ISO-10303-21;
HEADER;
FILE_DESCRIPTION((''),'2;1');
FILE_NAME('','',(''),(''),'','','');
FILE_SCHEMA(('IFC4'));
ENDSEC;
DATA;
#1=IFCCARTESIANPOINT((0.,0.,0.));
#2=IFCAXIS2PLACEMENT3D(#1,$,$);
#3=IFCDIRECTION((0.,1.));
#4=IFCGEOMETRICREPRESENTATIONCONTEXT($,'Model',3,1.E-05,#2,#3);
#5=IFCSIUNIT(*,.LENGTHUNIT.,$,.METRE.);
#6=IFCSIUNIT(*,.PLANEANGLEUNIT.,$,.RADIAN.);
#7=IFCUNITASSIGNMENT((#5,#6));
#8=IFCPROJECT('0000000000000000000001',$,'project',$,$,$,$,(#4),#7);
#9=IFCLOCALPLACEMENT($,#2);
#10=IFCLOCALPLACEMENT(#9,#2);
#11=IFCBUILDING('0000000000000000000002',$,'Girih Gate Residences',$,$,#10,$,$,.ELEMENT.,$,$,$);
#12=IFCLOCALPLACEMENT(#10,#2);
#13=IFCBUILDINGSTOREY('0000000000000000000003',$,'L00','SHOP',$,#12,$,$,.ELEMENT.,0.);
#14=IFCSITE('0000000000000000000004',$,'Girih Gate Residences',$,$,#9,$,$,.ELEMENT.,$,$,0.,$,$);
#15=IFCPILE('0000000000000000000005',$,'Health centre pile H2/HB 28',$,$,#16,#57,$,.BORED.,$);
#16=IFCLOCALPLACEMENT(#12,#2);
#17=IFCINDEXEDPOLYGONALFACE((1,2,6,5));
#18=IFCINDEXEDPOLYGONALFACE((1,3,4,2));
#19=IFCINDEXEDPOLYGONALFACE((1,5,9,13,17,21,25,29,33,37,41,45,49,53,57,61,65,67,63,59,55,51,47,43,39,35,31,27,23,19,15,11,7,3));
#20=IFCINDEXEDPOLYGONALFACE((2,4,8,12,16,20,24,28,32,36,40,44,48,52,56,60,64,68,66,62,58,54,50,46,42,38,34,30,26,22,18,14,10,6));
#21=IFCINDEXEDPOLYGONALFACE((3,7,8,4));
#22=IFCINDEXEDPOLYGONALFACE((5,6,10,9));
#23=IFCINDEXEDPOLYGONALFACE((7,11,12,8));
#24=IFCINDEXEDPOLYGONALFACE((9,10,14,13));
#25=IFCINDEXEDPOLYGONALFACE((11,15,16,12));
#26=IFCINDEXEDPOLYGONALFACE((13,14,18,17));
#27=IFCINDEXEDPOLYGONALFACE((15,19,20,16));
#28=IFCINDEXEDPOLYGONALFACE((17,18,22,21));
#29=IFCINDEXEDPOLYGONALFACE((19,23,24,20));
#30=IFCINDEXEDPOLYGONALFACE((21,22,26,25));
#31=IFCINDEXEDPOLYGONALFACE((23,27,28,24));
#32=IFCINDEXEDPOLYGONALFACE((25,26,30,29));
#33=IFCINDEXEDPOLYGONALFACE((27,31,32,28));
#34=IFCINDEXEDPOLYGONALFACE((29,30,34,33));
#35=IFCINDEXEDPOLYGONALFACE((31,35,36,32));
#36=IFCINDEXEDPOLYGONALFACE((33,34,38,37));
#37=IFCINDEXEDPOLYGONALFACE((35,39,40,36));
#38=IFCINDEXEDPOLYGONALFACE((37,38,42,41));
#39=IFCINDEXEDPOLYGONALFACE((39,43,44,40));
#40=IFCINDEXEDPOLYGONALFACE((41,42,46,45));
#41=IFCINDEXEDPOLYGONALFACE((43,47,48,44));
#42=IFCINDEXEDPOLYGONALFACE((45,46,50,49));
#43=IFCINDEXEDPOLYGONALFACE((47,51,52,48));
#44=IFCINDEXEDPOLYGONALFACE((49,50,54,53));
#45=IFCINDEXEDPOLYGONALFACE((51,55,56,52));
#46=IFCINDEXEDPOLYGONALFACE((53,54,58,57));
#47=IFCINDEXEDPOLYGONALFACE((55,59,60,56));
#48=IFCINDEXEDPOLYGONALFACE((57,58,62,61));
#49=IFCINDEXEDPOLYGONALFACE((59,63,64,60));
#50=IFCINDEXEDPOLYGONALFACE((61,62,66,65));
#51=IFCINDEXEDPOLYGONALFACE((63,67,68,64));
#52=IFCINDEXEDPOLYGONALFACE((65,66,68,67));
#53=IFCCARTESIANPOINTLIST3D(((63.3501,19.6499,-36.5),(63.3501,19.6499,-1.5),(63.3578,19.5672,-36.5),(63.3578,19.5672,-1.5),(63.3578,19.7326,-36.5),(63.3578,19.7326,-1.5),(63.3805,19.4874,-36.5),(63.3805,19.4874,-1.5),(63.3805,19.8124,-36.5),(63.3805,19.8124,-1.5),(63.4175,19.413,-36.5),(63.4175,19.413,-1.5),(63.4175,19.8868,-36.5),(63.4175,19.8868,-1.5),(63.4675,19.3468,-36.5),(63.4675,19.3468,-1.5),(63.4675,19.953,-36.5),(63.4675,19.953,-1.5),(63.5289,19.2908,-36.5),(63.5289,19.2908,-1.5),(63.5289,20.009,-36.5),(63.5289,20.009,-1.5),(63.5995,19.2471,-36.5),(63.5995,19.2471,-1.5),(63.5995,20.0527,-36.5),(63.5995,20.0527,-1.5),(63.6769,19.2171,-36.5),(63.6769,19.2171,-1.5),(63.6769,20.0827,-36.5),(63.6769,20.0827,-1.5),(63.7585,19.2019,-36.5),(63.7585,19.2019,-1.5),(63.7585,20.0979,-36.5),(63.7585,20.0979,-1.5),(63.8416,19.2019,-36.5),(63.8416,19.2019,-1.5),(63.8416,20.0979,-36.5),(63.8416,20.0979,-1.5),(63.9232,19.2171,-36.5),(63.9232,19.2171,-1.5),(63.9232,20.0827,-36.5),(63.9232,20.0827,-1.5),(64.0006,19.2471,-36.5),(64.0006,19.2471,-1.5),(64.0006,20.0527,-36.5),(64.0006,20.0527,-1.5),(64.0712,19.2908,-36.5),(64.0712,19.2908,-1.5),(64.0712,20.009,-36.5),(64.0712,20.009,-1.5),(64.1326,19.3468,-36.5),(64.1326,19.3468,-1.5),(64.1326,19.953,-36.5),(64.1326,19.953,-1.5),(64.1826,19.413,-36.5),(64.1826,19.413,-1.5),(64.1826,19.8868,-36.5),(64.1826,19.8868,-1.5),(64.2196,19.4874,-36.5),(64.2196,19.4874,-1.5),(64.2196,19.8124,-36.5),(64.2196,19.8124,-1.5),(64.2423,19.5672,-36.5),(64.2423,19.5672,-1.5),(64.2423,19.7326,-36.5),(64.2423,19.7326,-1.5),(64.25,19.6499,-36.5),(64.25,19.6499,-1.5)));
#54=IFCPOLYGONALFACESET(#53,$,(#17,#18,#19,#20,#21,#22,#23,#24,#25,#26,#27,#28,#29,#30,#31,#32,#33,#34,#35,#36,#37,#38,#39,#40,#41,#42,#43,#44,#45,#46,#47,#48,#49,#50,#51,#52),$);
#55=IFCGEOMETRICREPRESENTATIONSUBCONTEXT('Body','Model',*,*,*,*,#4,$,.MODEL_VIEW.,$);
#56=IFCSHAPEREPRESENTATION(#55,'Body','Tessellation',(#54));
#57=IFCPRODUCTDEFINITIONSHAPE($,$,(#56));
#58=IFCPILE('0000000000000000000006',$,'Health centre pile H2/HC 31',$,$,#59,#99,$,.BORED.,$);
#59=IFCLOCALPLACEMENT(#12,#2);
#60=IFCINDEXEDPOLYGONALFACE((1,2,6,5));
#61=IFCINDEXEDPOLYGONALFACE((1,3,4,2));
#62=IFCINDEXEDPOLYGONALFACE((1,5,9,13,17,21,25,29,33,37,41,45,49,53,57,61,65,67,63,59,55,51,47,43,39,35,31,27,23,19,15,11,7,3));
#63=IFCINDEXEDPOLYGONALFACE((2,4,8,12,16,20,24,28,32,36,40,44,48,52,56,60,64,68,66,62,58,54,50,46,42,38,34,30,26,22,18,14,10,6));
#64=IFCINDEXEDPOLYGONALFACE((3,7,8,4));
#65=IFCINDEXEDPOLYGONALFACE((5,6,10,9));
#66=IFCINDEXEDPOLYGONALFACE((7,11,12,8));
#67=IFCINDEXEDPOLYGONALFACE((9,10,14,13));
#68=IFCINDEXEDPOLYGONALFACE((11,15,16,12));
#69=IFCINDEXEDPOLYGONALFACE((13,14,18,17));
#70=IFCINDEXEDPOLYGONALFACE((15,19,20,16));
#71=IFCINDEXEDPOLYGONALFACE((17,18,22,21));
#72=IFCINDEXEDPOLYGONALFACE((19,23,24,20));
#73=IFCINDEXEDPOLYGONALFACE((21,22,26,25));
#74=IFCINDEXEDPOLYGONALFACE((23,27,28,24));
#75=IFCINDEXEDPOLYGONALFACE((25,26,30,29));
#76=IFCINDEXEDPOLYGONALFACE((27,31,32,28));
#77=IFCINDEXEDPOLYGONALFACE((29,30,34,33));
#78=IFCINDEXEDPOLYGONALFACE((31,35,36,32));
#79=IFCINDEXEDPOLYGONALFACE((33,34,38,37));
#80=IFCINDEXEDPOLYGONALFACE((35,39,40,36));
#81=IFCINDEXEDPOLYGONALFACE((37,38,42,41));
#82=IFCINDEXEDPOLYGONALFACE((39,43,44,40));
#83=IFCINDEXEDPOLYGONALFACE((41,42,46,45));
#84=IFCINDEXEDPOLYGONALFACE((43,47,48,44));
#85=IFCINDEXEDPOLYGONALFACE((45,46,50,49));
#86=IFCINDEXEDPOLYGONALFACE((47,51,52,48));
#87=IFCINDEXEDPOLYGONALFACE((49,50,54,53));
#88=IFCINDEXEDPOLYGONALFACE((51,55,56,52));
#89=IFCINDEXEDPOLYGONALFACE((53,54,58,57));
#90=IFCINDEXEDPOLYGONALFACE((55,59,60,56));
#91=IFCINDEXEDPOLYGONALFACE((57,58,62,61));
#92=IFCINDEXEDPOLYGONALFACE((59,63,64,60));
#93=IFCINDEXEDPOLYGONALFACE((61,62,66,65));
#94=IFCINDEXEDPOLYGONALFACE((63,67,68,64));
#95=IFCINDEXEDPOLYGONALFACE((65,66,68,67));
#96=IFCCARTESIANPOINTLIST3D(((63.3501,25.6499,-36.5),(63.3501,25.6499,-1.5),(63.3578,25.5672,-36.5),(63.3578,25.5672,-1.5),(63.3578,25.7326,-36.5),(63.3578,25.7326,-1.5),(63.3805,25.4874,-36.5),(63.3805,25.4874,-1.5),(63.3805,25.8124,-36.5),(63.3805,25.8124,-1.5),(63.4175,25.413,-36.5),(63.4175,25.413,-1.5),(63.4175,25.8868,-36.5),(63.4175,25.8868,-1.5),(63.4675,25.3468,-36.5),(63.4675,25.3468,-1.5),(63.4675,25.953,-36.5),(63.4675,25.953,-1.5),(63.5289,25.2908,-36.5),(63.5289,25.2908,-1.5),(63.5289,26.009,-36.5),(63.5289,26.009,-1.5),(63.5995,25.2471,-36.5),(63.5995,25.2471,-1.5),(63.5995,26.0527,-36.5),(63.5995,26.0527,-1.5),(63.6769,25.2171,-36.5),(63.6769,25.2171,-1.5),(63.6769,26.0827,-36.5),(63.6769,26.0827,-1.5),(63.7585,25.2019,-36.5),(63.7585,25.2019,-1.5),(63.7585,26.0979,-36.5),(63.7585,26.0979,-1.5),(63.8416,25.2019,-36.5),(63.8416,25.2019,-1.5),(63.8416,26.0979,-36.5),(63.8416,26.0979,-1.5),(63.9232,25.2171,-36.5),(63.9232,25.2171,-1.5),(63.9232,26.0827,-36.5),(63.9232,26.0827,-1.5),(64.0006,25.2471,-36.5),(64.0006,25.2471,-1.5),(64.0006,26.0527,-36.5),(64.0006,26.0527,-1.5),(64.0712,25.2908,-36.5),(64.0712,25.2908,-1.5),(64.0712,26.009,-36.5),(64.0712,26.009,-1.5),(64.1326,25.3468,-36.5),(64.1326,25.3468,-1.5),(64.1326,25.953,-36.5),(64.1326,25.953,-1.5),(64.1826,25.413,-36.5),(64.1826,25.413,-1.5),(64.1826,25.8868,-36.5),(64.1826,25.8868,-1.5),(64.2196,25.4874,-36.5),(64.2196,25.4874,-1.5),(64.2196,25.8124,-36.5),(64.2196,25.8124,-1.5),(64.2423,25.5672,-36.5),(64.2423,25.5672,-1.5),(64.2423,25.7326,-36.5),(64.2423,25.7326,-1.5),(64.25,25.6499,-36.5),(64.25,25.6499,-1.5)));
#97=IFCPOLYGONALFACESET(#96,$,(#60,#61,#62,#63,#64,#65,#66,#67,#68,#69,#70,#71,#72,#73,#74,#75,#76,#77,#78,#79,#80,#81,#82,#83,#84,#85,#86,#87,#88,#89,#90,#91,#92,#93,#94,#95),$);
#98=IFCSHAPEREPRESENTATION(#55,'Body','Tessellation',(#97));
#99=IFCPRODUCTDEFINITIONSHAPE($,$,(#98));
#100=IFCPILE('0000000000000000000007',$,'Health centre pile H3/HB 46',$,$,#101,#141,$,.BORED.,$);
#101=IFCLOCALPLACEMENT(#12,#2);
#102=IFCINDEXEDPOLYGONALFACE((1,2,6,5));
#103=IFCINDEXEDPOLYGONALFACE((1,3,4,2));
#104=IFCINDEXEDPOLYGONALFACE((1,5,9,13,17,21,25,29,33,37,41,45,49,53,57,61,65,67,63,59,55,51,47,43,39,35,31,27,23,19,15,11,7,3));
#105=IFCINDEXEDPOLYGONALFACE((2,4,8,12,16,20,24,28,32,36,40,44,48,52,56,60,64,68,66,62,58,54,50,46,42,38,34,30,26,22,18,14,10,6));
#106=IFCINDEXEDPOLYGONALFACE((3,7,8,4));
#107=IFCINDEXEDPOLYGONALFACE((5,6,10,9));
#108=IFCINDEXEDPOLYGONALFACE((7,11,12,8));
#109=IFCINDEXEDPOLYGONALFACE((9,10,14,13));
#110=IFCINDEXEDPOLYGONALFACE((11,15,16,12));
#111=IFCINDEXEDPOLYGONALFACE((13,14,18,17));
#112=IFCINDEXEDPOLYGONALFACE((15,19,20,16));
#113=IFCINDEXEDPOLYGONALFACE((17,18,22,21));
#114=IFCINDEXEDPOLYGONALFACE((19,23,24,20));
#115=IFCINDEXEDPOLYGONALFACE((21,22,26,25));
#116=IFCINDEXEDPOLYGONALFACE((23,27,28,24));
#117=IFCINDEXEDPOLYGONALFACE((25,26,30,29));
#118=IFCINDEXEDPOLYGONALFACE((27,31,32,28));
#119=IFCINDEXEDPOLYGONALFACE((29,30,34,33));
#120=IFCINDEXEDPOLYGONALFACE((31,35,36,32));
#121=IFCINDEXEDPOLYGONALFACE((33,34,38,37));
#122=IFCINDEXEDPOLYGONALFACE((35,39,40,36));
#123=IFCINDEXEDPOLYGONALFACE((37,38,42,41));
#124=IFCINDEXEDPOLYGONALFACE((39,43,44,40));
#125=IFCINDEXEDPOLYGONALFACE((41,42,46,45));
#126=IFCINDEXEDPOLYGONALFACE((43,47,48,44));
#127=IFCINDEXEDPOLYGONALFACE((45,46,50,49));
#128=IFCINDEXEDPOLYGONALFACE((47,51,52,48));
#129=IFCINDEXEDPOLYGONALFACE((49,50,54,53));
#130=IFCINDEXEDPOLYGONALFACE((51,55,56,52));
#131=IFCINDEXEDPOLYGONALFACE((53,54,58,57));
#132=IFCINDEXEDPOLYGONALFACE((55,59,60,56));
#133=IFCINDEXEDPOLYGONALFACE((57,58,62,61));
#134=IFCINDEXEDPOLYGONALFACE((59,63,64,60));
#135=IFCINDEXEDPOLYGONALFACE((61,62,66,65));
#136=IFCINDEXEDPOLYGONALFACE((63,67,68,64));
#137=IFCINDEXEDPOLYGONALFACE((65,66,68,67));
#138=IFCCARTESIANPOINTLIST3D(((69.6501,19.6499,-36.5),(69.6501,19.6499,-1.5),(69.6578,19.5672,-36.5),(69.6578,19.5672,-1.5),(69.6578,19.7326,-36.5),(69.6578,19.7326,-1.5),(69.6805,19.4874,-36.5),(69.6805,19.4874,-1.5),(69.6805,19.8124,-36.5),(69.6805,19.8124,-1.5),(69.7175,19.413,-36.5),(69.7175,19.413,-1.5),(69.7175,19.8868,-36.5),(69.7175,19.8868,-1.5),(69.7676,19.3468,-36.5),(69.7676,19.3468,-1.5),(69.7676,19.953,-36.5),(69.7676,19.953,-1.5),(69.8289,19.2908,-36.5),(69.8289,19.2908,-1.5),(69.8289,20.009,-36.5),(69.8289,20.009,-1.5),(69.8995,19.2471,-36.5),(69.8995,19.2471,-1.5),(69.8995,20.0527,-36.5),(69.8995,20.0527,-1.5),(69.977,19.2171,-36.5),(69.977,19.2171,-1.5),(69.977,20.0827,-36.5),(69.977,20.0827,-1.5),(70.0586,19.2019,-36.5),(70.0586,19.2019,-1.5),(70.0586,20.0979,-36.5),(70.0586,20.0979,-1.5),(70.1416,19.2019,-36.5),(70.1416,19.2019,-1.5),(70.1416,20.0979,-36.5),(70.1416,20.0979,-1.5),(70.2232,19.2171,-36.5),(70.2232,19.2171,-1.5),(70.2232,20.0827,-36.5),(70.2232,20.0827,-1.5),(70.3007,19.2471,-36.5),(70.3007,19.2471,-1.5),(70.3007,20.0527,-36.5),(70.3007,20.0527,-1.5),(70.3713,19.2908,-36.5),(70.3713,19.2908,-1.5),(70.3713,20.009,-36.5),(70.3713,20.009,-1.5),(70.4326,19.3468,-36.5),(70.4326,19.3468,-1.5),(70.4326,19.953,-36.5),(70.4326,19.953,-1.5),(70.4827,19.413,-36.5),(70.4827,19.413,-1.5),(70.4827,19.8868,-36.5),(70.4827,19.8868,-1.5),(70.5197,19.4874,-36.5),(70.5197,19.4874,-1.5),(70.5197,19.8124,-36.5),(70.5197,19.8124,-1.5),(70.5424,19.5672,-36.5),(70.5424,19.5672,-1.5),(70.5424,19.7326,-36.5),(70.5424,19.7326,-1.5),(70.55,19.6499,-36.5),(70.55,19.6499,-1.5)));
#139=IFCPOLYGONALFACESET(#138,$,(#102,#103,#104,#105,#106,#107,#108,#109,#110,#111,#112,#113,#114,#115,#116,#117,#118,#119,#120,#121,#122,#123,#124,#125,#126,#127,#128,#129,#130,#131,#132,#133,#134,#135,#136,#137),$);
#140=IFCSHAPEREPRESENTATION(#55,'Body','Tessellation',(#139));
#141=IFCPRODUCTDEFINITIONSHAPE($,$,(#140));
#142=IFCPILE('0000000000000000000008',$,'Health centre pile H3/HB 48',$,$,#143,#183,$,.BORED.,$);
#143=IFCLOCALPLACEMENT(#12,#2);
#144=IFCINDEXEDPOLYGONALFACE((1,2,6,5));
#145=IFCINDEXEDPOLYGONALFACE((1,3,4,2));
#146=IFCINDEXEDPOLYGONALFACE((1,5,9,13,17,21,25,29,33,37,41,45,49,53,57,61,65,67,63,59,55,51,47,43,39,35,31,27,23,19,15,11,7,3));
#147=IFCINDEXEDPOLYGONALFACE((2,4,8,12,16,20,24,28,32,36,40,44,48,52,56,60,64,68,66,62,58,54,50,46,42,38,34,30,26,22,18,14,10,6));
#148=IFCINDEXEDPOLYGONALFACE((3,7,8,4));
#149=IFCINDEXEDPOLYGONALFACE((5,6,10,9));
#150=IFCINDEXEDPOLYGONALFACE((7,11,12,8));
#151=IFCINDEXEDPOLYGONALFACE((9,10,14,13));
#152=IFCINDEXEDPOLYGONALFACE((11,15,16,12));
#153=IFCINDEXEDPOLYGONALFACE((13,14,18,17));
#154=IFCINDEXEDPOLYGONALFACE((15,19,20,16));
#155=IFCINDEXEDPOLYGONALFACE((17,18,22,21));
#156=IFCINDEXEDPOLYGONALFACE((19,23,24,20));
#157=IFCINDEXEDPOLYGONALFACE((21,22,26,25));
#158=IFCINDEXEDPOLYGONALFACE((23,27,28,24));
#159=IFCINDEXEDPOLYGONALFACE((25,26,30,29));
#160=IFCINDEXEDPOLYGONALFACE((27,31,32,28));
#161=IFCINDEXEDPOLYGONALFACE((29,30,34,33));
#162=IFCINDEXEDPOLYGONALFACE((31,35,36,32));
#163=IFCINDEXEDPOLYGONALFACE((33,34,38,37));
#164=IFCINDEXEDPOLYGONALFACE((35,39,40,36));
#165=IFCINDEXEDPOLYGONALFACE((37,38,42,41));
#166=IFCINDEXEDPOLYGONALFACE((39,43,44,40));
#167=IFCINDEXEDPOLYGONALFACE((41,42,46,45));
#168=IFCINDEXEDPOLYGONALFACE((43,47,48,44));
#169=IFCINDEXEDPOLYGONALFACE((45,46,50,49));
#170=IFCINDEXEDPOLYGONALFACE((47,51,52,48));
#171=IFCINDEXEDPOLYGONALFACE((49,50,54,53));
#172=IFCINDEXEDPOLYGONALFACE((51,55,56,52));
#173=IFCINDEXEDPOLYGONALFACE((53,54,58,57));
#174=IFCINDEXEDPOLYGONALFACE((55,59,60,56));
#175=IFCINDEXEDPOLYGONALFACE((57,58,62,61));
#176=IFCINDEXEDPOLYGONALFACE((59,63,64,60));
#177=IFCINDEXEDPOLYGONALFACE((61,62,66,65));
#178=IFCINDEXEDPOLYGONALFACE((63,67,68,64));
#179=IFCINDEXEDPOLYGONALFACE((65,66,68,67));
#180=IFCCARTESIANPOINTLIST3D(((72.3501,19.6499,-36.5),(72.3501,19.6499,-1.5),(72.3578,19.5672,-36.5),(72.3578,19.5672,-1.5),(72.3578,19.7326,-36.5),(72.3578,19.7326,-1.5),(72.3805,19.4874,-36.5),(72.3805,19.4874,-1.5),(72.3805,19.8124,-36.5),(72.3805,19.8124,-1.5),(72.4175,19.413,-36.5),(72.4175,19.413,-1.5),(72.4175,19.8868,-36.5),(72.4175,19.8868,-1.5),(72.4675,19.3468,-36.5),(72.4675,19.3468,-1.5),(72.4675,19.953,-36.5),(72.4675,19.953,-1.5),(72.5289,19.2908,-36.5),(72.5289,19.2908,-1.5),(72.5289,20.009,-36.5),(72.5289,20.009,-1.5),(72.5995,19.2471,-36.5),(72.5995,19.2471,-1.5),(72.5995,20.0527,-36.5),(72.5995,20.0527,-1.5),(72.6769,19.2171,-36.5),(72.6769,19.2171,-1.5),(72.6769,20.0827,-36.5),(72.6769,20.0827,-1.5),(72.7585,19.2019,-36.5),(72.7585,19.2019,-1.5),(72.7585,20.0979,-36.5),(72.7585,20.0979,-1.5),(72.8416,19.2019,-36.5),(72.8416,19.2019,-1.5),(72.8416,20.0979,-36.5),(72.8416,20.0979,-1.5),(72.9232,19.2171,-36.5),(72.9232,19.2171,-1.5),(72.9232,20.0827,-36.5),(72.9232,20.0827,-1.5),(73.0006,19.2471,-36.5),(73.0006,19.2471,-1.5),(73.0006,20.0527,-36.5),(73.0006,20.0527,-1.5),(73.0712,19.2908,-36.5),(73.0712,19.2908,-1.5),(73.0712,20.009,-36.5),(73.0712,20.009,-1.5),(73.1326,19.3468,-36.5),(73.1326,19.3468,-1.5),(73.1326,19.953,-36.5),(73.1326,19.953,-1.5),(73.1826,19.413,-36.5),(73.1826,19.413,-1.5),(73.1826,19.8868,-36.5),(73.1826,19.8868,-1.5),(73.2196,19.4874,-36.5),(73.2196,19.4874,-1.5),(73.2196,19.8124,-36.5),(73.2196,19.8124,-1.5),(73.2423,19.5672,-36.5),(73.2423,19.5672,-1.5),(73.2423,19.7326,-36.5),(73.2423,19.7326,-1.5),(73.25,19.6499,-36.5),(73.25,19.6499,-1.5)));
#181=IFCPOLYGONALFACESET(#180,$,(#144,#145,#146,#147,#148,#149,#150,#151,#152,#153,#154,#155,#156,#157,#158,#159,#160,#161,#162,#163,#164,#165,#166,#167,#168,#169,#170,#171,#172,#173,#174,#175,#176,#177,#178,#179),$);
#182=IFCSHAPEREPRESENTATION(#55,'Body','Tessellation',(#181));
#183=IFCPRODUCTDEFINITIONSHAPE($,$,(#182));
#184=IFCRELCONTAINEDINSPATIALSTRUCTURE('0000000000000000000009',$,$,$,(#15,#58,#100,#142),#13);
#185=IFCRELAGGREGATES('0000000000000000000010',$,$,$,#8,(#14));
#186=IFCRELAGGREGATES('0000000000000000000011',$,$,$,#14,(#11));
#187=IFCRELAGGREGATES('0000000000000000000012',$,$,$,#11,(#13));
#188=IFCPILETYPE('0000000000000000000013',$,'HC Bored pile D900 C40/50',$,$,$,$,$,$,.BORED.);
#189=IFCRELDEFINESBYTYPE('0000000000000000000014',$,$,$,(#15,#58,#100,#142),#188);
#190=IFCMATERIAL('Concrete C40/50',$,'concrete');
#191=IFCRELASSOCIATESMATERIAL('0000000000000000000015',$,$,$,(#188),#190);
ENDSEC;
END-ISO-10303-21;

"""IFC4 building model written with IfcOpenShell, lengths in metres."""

from ifc_helpers import new_model, si_unit, direction, frame, origin, origin_2d, place, context, subcontext, project, spatial, circle, extrude, material, material_profile, profile_set, type_object, element, save


model = new_model("IFC4")

# Units and contexts
model_context = context("Model", 3, precision=1e-05, world=origin(), true_north=direction((0.0, 1.0)))
body_context = subcontext(model_context, "Body", "Model", "MODEL_VIEW")
ifc_project = project(units=[si_unit("LENGTHUNIT", "METRE"), si_unit("PLANEANGLEUNIT", "RADIAN")], contexts=[model_context])

# Site, building, storey
site_placement = place(None, origin())
site = spatial("IfcSite", under=ifc_project, at=site_placement, Name="Girih Gate Residences", CompositionType="ELEMENT", RefElevation=0.0)
building_placement = place(site_placement, origin())
building = spatial("IfcBuilding", under=site, at=building_placement, Name="Girih Gate Residences", CompositionType="ELEMENT")
storey_placement = place(building_placement, origin())
storey = spatial("IfcBuildingStorey", under=building, at=storey_placement, Name="L00", Description="SHOP", CompositionType="ELEMENT", Elevation=0.0)

# Piles
ifc_material_1 = material(Name="Concrete C40/50", Category="concrete")
ifc_material_profile_1 = material_profile(ifc_material_1, circle(Radius=0.45, at=origin_2d()))
ifc_profile_set_1 = profile_set([ifc_material_profile_1], Name="Concrete C40/50")
pile_type = type_object("IfcPileType", Name="HC Bored pile D900 C40/50", PredefinedType="BORED", material=ifc_profile_set_1)
for number, where, z_axis, x_axis, name in (
    (1, (63.8, 19.6499, -1.5), (0.0, 0.0, -1.0), (1.0, 0.0, 0.0), "Health centre pile H2/HB 28"),
    (2, (63.8, 25.6499, -1.5), (0.0, 0.0, -1.0), (1.0, 0.0, 0.0), "Health centre pile H2/HC 31"),
    (3, (70.1001, 19.6499, -1.5), (0.0, 0.0, -1.0), (1.0, 0.0, 0.0), "Health centre pile H3/HB 46"),
    (4, (72.8, 19.6499, -1.5), (0.0, 0.0, -1.0), (1.0, 0.0, 0.0), "Health centre pile H3/HB 48"),
):
    element("IfcPile", number, at=place(storey_placement, frame(where, z_axis=z_axis, x_axis=x_axis)), inside=storey, type_object=pile_type, Name=name, PredefinedType="BORED", context=body_context, shape_type="SweptSolid", body=[
        extrude(circle(Radius=0.45, at=origin_2d()), origin(), (0.0, 0.0, 1.0), 35.0),
    ])

save(model, "model.ifc")
